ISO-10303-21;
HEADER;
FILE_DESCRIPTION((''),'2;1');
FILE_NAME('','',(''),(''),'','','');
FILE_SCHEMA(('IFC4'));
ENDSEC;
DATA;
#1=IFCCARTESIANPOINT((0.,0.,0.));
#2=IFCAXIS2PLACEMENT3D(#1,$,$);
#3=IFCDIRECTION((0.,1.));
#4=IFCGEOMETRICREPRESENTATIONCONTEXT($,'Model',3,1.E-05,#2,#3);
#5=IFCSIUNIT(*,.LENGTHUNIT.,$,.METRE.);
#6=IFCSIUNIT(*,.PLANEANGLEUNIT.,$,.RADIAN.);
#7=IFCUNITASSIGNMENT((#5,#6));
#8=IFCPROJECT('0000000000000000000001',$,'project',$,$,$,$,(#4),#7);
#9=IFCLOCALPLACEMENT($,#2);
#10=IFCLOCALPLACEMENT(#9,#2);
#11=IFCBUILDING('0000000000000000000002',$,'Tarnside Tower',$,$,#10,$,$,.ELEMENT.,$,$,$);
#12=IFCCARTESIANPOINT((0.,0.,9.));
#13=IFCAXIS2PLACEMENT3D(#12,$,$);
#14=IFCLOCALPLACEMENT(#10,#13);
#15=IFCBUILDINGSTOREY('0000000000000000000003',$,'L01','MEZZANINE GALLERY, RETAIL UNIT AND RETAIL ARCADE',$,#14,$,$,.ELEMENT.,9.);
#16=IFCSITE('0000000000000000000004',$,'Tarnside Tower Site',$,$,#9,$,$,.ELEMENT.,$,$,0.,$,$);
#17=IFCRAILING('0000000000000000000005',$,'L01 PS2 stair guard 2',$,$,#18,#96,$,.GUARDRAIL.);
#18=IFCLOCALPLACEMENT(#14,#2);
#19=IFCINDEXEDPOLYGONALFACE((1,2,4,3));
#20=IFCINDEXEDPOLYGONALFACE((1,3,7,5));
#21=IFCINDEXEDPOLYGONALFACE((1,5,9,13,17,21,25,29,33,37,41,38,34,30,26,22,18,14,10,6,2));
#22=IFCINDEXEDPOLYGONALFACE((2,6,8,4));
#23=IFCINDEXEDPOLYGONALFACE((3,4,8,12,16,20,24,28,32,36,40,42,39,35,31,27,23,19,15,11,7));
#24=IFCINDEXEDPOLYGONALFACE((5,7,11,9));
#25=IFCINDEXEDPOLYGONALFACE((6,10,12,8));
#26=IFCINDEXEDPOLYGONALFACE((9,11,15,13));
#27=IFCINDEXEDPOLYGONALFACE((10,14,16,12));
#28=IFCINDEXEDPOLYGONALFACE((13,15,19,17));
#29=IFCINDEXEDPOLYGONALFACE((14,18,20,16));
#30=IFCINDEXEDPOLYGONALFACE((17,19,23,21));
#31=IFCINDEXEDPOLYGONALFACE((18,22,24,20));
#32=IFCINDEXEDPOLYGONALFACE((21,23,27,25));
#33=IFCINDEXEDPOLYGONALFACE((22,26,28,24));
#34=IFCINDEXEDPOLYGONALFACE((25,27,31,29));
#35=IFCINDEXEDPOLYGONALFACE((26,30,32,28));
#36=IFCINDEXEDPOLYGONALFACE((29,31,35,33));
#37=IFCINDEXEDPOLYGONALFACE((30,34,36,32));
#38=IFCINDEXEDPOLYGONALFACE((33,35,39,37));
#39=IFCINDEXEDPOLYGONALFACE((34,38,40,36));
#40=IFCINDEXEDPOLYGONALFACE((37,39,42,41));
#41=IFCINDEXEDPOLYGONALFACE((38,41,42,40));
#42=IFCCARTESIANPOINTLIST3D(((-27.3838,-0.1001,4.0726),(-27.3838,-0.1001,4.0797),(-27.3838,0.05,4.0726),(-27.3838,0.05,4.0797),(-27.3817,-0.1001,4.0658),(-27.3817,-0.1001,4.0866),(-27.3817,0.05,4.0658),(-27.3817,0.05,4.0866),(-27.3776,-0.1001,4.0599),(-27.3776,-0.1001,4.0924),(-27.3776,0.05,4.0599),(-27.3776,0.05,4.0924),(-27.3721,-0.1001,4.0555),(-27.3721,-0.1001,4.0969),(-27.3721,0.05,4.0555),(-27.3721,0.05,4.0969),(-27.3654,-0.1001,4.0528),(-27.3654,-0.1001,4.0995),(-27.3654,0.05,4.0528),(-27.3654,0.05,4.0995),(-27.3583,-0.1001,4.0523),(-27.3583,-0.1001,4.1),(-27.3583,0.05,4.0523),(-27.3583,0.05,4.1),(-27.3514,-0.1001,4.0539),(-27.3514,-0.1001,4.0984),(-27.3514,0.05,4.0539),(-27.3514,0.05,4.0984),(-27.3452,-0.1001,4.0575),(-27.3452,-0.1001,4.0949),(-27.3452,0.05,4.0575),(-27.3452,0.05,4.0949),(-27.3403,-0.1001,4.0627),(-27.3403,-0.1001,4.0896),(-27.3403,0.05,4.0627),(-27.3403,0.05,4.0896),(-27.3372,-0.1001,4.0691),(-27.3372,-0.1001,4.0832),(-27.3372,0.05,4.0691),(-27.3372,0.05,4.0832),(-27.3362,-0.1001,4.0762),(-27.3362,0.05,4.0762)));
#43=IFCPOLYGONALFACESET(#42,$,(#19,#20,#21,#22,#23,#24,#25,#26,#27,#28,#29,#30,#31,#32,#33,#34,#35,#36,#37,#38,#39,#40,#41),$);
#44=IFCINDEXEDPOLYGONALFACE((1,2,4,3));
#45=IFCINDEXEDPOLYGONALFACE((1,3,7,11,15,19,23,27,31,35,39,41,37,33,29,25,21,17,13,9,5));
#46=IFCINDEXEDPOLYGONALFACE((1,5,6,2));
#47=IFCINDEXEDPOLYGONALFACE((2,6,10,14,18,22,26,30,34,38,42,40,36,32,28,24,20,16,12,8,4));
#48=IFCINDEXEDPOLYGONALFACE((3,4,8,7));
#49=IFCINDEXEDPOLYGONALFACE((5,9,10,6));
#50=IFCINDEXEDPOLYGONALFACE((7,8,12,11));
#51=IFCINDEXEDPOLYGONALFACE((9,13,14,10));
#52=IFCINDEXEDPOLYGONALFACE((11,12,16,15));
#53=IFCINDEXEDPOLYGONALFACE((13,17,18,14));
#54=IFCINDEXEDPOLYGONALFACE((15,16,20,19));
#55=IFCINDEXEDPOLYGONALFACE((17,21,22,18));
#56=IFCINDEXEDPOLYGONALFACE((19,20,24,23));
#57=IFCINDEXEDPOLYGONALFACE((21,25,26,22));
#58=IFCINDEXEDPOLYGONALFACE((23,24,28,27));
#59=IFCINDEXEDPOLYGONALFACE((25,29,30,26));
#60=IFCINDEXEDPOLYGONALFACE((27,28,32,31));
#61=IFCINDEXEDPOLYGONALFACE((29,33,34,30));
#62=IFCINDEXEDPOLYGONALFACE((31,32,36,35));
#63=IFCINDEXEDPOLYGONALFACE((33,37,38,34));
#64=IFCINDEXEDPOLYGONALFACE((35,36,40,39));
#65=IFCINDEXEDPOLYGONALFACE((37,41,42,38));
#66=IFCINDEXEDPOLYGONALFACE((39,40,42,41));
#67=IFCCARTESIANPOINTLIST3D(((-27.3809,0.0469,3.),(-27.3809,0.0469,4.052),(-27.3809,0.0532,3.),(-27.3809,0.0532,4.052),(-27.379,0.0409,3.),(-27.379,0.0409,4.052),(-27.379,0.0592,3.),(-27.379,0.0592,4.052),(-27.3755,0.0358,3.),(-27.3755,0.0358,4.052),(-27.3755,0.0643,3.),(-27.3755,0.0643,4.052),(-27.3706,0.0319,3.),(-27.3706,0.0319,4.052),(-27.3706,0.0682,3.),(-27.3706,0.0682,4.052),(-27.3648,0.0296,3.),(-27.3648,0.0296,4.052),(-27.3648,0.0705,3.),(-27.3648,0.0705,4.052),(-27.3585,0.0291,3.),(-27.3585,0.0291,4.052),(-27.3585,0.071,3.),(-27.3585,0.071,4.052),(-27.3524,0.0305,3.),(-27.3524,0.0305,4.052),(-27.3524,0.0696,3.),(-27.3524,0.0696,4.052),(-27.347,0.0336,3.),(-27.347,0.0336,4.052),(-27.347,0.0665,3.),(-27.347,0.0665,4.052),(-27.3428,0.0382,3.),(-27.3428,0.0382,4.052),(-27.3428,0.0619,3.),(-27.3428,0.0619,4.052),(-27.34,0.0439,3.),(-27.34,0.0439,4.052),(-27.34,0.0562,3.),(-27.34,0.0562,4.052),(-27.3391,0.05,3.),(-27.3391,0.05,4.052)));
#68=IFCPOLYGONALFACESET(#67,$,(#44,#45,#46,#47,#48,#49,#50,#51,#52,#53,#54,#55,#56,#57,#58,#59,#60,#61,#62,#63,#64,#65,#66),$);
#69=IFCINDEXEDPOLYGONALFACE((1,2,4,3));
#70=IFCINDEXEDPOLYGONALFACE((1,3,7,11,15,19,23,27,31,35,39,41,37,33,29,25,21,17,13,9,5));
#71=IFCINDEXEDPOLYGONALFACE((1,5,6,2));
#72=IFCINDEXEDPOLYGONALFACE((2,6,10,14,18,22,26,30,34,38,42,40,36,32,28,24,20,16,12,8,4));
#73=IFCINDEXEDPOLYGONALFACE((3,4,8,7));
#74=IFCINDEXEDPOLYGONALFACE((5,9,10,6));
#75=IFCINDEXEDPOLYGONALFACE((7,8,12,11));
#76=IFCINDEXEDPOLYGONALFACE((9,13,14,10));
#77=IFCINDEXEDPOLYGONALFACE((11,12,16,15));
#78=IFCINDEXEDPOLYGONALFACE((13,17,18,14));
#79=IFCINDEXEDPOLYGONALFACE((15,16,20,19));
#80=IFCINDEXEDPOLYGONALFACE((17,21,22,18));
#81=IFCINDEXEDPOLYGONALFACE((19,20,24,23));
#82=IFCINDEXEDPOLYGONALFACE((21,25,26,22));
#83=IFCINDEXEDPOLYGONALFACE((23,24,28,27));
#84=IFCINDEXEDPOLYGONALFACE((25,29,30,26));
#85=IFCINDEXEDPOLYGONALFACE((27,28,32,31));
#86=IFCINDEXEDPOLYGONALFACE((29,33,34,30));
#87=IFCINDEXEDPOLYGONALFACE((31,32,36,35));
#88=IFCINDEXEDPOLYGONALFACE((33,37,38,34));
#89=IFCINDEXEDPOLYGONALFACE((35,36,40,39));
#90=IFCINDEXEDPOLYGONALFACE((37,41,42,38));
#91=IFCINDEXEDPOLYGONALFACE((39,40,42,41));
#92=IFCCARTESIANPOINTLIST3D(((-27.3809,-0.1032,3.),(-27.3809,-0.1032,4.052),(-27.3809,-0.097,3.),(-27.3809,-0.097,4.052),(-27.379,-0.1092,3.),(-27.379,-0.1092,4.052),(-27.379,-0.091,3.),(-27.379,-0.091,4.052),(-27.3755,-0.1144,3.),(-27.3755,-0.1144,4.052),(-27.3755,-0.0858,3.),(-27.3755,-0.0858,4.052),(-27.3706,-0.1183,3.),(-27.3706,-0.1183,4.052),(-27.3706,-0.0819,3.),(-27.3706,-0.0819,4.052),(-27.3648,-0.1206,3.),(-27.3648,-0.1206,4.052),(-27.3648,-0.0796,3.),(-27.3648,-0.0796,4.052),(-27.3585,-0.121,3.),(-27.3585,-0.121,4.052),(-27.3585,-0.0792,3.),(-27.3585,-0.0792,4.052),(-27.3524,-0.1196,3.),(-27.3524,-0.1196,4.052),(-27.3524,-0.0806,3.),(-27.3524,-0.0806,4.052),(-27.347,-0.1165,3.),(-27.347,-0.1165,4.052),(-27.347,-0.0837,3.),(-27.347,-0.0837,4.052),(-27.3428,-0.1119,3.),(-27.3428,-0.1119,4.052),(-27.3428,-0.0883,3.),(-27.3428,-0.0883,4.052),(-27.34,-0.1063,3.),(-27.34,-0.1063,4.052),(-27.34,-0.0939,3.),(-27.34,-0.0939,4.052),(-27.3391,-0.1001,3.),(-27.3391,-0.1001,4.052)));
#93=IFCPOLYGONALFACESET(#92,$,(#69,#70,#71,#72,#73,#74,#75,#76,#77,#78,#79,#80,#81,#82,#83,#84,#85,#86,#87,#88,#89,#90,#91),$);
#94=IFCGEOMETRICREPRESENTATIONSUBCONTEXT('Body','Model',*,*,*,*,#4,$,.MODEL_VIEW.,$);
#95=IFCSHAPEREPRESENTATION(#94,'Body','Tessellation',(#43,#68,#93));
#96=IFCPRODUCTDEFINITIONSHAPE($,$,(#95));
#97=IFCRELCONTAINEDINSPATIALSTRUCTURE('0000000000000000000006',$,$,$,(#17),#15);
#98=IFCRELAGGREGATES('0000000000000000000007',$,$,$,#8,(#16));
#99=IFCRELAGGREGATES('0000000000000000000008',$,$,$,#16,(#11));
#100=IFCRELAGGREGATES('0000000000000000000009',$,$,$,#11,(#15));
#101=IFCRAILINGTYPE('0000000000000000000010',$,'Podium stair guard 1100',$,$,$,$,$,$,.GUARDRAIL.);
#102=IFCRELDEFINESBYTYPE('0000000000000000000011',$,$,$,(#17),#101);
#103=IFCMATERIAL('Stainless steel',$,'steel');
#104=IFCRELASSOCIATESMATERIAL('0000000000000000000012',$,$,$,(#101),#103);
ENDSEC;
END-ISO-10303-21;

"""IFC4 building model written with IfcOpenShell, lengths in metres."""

from ifc_helpers import new_model, si_unit, direction, frame, origin, origin_2d, place, context, subcontext, project, spatial, circle, extrude, material, type_object, element, save


model = new_model("IFC4")

# Units and contexts
model_context = context("Model", 3, precision=1e-05, world=origin(), true_north=direction((0.0, 1.0)))
body_context = subcontext(model_context, "Body", "Model", "MODEL_VIEW")
ifc_project = project(units=[si_unit("LENGTHUNIT", "METRE"), si_unit("PLANEANGLEUNIT", "RADIAN")], contexts=[model_context])

# Site, building, storey
site_placement = place(None, origin())
site = spatial("IfcSite", under=ifc_project, at=site_placement, Name="Tarnside Tower Site", CompositionType="ELEMENT", RefElevation=0.0)
building_placement = place(site_placement, origin())
building = spatial("IfcBuilding", under=site, at=building_placement, Name="Tarnside Tower", CompositionType="ELEMENT")
storey_placement = place(building_placement, frame((0.0, 0.0, 9.0)))
storey = spatial("IfcBuildingStorey", under=building, at=storey_placement, Name="L01", Description="MEZZANINE GALLERY, RETAIL UNIT AND RETAIL ARCADE", CompositionType="ELEMENT", Elevation=9.0)

# Railing
ifc_material_1 = material(Name="Stainless steel", Category="steel")
railing_type_1 = type_object("IfcRailingType", Name="Podium stair guard 1100", PredefinedType="GUARDRAIL", material=ifc_material_1)
railing_1_placement = place(storey_placement, frame((-27.3601, 0.05, 3.0)))
element("IfcRailing", 1, at=railing_1_placement, inside=storey, type_object=railing_type_1, Name="L01 PS2 stair guard 2", PredefinedType="GUARDRAIL", context=body_context, shape_type="SweptSolid", body=[
    extrude(circle(Radius=0.0239, at=origin_2d()), frame((0.0, 0.0, 1.0762), z_axis=(0.0, -1.0, 0.0), x_axis=(1.0, 0.0, 0.0)), (0.0, 0.0, 1.0), 0.1501),
    extrude(circle(Radius=0.021, at=origin_2d()), origin(), (0.0, 0.0, 1.0), 1.052),
    extrude(circle(Radius=0.021, at=origin_2d()), frame((0.0, -0.1501, 0.0)), (0.0, 0.0, 1.0), 1.052),
])

save(model, "model.ifc")
